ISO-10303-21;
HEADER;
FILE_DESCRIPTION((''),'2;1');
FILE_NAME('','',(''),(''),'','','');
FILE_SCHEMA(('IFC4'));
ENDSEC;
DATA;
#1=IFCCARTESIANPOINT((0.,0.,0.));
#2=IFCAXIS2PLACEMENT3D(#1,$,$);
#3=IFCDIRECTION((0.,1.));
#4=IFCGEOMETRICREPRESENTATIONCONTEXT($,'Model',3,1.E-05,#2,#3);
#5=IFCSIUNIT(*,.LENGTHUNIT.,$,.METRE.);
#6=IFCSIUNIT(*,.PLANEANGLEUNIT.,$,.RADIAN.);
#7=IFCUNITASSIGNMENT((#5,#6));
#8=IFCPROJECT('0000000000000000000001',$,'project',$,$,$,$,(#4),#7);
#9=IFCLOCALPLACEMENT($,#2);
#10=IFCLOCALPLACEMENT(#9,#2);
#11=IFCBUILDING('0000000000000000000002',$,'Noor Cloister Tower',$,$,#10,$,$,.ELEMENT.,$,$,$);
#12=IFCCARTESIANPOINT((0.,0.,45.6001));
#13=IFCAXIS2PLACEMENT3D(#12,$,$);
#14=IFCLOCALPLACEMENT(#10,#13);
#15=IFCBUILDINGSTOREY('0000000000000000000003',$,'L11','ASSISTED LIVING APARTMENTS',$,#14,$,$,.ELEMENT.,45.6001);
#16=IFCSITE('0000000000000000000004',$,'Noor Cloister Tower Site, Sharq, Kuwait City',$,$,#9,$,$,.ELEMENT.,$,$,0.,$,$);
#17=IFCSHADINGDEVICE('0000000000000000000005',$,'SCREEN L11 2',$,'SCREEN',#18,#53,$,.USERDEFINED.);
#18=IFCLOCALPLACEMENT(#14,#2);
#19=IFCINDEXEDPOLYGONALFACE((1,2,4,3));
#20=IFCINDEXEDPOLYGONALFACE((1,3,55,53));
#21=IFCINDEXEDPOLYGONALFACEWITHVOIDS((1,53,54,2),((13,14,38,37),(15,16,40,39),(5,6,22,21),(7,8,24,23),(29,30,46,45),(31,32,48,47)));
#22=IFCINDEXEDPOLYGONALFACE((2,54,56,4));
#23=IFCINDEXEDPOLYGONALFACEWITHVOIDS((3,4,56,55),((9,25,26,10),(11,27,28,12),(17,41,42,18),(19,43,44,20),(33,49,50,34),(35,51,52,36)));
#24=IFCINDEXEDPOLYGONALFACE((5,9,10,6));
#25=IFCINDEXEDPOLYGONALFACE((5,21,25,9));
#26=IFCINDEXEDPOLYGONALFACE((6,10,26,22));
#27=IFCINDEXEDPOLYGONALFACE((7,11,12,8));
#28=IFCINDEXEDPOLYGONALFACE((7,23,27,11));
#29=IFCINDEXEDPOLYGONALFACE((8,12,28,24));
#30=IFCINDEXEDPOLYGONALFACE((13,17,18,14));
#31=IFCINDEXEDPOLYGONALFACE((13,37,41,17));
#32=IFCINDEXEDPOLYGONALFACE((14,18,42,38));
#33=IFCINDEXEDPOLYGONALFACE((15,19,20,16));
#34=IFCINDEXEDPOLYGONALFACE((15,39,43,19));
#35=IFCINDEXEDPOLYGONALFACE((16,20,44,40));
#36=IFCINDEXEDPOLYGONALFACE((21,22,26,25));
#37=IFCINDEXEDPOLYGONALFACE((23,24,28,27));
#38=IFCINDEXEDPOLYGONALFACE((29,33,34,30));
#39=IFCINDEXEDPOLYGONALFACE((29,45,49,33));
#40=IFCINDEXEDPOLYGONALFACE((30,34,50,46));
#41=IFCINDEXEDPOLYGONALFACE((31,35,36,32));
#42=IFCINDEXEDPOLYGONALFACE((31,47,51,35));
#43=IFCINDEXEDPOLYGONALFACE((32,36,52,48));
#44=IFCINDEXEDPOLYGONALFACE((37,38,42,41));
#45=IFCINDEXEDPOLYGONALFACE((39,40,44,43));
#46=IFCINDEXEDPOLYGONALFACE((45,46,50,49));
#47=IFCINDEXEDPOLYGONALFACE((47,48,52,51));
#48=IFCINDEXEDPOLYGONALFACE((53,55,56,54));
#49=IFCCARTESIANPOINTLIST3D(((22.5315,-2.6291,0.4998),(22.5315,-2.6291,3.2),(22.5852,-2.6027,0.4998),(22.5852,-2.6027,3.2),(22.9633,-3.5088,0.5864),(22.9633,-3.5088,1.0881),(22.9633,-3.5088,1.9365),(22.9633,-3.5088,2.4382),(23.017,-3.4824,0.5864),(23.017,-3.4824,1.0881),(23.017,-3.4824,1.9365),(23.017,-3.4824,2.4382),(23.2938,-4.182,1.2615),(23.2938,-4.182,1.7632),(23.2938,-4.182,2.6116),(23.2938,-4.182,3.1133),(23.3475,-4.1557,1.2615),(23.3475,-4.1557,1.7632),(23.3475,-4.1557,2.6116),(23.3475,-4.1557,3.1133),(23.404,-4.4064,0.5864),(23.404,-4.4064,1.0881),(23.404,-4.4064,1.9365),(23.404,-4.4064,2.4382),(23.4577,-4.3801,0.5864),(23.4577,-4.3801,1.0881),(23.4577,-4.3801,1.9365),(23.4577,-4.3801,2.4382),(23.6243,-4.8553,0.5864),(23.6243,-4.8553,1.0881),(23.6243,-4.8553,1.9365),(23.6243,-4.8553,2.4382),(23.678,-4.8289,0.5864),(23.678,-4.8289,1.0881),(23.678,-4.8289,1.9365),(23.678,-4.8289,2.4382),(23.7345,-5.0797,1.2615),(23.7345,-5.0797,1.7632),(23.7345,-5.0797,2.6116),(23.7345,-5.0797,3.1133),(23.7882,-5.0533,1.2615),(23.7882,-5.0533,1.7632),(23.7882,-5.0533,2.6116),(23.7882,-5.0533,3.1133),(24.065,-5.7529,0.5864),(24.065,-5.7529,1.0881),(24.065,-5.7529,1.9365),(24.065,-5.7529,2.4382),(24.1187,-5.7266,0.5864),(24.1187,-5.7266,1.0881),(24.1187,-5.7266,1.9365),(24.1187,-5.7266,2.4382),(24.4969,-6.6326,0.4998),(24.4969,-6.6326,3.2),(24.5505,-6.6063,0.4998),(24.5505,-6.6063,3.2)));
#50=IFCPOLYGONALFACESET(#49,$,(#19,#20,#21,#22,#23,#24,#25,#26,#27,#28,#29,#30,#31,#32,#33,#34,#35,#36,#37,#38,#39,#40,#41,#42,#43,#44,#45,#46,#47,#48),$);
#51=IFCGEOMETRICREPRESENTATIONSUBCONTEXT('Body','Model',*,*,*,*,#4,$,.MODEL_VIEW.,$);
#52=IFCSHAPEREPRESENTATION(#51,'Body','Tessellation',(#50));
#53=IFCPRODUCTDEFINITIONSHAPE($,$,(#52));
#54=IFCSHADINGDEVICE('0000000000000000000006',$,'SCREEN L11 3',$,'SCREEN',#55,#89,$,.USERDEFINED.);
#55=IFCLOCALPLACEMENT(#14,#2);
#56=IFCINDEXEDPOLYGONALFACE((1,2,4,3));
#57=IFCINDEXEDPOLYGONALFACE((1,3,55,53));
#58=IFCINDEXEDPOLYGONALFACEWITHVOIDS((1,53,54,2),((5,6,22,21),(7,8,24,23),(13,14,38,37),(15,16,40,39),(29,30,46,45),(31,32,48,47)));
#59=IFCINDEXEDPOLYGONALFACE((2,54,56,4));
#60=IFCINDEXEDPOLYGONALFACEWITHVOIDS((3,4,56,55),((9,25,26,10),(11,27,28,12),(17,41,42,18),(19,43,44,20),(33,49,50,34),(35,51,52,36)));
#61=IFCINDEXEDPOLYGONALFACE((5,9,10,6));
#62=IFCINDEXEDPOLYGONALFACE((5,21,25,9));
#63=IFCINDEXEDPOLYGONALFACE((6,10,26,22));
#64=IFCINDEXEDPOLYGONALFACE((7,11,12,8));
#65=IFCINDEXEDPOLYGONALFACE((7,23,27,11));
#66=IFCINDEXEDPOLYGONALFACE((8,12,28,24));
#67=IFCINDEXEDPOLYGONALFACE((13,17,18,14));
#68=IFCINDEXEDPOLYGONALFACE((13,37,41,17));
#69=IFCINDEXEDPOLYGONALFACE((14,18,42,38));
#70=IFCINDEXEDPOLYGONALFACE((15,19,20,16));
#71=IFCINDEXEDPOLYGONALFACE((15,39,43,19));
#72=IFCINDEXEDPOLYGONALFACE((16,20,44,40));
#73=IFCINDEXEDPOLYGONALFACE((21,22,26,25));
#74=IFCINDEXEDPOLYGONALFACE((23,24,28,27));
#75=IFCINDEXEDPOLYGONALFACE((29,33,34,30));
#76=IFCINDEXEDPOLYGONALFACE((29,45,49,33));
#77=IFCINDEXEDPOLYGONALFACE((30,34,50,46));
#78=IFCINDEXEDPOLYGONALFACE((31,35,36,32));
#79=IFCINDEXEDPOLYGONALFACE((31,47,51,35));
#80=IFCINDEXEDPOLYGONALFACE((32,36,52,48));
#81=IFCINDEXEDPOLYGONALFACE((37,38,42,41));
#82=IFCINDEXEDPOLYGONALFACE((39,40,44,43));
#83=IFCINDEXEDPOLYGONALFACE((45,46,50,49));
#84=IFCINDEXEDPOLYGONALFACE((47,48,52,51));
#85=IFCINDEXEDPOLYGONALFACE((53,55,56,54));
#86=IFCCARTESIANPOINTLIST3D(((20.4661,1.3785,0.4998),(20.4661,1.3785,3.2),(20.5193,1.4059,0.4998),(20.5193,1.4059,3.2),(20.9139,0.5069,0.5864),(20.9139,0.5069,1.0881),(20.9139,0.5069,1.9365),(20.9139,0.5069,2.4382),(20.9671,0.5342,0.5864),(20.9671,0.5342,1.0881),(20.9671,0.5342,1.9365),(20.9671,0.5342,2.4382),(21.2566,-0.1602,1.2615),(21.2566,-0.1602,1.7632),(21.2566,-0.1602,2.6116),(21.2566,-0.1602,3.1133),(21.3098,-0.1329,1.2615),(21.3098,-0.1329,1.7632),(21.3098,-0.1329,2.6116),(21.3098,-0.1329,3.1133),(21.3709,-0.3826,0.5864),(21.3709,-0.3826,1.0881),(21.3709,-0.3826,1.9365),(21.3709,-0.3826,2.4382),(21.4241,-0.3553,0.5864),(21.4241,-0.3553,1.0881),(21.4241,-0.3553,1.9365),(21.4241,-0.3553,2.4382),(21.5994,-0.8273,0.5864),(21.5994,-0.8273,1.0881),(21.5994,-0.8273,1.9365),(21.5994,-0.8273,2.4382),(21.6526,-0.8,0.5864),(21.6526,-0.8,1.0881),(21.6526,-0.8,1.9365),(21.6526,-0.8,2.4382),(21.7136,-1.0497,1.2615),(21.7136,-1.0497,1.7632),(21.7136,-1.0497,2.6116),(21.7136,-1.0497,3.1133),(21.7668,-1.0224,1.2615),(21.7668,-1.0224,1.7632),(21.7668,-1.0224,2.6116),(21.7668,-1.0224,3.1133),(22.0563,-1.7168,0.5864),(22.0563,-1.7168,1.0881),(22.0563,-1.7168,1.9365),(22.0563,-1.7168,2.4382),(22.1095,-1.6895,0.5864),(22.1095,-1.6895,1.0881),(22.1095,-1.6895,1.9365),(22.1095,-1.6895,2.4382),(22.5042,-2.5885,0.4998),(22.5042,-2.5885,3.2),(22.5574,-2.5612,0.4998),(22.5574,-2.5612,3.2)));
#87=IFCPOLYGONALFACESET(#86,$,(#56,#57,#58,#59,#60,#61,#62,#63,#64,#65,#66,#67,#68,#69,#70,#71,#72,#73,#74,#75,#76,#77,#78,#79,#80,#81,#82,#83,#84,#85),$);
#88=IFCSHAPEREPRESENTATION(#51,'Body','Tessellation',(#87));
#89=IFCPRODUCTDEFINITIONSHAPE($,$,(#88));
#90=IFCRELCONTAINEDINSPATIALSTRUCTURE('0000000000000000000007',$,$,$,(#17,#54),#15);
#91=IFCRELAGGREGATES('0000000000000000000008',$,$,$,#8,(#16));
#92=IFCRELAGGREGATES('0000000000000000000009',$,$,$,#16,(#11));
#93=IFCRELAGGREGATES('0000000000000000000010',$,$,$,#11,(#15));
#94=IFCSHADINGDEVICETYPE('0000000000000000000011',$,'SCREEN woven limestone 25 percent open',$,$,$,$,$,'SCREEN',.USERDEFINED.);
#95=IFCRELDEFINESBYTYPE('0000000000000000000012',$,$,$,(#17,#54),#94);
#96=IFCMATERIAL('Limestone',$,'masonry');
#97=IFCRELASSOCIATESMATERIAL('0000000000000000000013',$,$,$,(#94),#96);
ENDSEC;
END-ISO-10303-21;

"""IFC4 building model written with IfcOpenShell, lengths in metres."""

from ifc_helpers import new_model, si_unit, direction, frame, origin, place, context, subcontext, project, spatial, polyline, outline, extrude, material, material_profile, profile_set, type_object, element, save


model = new_model("IFC4")

# Units and contexts
model_context = context("Model", 3, precision=1e-05, world=origin(), true_north=direction((0.0, 1.0)))
body_context = subcontext(model_context, "Body", "Model", "MODEL_VIEW")
ifc_project = project(units=[si_unit("LENGTHUNIT", "METRE"), si_unit("PLANEANGLEUNIT", "RADIAN")], contexts=[model_context])

# Site, building, storey
site_placement = place(None, origin())
site = spatial("IfcSite", under=ifc_project, at=site_placement, Name="Noor Cloister Tower Site, Sharq, Kuwait City", CompositionType="ELEMENT", RefElevation=0.0)
building_placement = place(site_placement, origin())
building = spatial("IfcBuilding", under=site, at=building_placement, Name="Noor Cloister Tower", CompositionType="ELEMENT")
storey_placement = place(building_placement, frame((0.0, 0.0, 45.6001)))
storey = spatial("IfcBuildingStorey", under=building, at=storey_placement, Name="L11", Description="ASSISTED LIVING APARTMENTS", CompositionType="ELEMENT", Elevation=45.6001)

# Shading devices
ifc_material_1 = material(Name="Limestone", Category="masonry")
ifc_material_profile_1 = material_profile(ifc_material_1, outline(polyline([(-2.23, -1.3501), (2.23, -1.3501), (2.23, 1.3501), (-2.23, 1.3501), (-2.23, -1.3501)]), holes=[polyline([(-1.25, -1.2634), (-0.25, -1.2634), (-0.25, -0.7617), (-1.25, -0.7617), (-1.25, -1.2634)]), polyline([(0.25, -1.2634), (1.25, -1.2634), (1.25, -0.7617), (0.25, -0.7617), (0.25, -1.2634)]), polyline([(-0.5, -0.5884), (0.5, -0.5884), (0.5, -0.0867), (-0.5, -0.0867), (-0.5, -0.5884)]), polyline([(-1.25, 0.0867), (-0.25, 0.0867), (-0.25, 0.5884), (-1.25, 0.5884), (-1.25, 0.0867)]), polyline([(0.25, 0.0867), (1.25, 0.0867), (1.25, 0.5884), (0.25, 0.5884), (0.25, 0.0867)]), polyline([(-0.5, 0.7617), (0.5, 0.7617), (0.5, 1.2634), (-0.5, 1.2634), (-0.5, 0.7617)])]), Name="Woven screen 25 percent open")
ifc_profile_set_1 = profile_set([ifc_material_profile_1], Name="Limestone")
shading_device_type = type_object("IfcShadingDeviceType", Name="SCREEN woven limestone 25 percent open", ElementType="SCREEN", PredefinedType="USERDEFINED", material=ifc_profile_set_1)
for number, where, z_axis, x_axis, name in (
    (1, (23.5142, -4.6309, 1.8499), (0.897668, 0.440673, 0.0), (-0.440673, 0.897668, 0.0), "SCREEN L11 2"),
    (2, (21.4851, -0.605, 1.8499), (0.889477, 0.456979, 0.0), (-0.456979, 0.889477, 0.0), "SCREEN L11 3"),
):
    element("IfcShadingDevice", number, at=place(storey_placement, frame(where, z_axis=z_axis, x_axis=x_axis)), inside=storey, type_object=shading_device_type, Name=name, ObjectType="SCREEN", PredefinedType="USERDEFINED", context=body_context, shape_type="SweptSolid", body=[
        extrude(outline(polyline([(-2.23, -1.3501), (2.23, -1.3501), (2.23, 1.3501), (-2.23, 1.3501), (-2.23, -1.3501)]), holes=[polyline([(-1.25, -1.2634), (-0.25, -1.2634), (-0.25, -0.7617), (-1.25, -0.7617), (-1.25, -1.2634)]), polyline([(0.25, -1.2634), (1.25, -1.2634), (1.25, -0.7617), (0.25, -0.7617), (0.25, -1.2634)]), polyline([(-0.5, -0.5884), (0.5, -0.5884), (0.5, -0.0867), (-0.5, -0.0867), (-0.5, -0.5884)]), polyline([(-1.25, 0.0867), (-0.25, 0.0867), (-0.25, 0.5884), (-1.25, 0.5884), (-1.25, 0.0867)]), polyline([(0.25, 0.0867), (1.25, 0.0867), (1.25, 0.5884), (0.25, 0.5884), (0.25, 0.0867)]), polyline([(-0.5, 0.7617), (0.5, 0.7617), (0.5, 1.2634), (-0.5, 1.2634), (-0.5, 0.7617)])]), origin(), (0.0, 0.0, 1.0), 0.0598),
    ])

save(model, "model.ifc")
